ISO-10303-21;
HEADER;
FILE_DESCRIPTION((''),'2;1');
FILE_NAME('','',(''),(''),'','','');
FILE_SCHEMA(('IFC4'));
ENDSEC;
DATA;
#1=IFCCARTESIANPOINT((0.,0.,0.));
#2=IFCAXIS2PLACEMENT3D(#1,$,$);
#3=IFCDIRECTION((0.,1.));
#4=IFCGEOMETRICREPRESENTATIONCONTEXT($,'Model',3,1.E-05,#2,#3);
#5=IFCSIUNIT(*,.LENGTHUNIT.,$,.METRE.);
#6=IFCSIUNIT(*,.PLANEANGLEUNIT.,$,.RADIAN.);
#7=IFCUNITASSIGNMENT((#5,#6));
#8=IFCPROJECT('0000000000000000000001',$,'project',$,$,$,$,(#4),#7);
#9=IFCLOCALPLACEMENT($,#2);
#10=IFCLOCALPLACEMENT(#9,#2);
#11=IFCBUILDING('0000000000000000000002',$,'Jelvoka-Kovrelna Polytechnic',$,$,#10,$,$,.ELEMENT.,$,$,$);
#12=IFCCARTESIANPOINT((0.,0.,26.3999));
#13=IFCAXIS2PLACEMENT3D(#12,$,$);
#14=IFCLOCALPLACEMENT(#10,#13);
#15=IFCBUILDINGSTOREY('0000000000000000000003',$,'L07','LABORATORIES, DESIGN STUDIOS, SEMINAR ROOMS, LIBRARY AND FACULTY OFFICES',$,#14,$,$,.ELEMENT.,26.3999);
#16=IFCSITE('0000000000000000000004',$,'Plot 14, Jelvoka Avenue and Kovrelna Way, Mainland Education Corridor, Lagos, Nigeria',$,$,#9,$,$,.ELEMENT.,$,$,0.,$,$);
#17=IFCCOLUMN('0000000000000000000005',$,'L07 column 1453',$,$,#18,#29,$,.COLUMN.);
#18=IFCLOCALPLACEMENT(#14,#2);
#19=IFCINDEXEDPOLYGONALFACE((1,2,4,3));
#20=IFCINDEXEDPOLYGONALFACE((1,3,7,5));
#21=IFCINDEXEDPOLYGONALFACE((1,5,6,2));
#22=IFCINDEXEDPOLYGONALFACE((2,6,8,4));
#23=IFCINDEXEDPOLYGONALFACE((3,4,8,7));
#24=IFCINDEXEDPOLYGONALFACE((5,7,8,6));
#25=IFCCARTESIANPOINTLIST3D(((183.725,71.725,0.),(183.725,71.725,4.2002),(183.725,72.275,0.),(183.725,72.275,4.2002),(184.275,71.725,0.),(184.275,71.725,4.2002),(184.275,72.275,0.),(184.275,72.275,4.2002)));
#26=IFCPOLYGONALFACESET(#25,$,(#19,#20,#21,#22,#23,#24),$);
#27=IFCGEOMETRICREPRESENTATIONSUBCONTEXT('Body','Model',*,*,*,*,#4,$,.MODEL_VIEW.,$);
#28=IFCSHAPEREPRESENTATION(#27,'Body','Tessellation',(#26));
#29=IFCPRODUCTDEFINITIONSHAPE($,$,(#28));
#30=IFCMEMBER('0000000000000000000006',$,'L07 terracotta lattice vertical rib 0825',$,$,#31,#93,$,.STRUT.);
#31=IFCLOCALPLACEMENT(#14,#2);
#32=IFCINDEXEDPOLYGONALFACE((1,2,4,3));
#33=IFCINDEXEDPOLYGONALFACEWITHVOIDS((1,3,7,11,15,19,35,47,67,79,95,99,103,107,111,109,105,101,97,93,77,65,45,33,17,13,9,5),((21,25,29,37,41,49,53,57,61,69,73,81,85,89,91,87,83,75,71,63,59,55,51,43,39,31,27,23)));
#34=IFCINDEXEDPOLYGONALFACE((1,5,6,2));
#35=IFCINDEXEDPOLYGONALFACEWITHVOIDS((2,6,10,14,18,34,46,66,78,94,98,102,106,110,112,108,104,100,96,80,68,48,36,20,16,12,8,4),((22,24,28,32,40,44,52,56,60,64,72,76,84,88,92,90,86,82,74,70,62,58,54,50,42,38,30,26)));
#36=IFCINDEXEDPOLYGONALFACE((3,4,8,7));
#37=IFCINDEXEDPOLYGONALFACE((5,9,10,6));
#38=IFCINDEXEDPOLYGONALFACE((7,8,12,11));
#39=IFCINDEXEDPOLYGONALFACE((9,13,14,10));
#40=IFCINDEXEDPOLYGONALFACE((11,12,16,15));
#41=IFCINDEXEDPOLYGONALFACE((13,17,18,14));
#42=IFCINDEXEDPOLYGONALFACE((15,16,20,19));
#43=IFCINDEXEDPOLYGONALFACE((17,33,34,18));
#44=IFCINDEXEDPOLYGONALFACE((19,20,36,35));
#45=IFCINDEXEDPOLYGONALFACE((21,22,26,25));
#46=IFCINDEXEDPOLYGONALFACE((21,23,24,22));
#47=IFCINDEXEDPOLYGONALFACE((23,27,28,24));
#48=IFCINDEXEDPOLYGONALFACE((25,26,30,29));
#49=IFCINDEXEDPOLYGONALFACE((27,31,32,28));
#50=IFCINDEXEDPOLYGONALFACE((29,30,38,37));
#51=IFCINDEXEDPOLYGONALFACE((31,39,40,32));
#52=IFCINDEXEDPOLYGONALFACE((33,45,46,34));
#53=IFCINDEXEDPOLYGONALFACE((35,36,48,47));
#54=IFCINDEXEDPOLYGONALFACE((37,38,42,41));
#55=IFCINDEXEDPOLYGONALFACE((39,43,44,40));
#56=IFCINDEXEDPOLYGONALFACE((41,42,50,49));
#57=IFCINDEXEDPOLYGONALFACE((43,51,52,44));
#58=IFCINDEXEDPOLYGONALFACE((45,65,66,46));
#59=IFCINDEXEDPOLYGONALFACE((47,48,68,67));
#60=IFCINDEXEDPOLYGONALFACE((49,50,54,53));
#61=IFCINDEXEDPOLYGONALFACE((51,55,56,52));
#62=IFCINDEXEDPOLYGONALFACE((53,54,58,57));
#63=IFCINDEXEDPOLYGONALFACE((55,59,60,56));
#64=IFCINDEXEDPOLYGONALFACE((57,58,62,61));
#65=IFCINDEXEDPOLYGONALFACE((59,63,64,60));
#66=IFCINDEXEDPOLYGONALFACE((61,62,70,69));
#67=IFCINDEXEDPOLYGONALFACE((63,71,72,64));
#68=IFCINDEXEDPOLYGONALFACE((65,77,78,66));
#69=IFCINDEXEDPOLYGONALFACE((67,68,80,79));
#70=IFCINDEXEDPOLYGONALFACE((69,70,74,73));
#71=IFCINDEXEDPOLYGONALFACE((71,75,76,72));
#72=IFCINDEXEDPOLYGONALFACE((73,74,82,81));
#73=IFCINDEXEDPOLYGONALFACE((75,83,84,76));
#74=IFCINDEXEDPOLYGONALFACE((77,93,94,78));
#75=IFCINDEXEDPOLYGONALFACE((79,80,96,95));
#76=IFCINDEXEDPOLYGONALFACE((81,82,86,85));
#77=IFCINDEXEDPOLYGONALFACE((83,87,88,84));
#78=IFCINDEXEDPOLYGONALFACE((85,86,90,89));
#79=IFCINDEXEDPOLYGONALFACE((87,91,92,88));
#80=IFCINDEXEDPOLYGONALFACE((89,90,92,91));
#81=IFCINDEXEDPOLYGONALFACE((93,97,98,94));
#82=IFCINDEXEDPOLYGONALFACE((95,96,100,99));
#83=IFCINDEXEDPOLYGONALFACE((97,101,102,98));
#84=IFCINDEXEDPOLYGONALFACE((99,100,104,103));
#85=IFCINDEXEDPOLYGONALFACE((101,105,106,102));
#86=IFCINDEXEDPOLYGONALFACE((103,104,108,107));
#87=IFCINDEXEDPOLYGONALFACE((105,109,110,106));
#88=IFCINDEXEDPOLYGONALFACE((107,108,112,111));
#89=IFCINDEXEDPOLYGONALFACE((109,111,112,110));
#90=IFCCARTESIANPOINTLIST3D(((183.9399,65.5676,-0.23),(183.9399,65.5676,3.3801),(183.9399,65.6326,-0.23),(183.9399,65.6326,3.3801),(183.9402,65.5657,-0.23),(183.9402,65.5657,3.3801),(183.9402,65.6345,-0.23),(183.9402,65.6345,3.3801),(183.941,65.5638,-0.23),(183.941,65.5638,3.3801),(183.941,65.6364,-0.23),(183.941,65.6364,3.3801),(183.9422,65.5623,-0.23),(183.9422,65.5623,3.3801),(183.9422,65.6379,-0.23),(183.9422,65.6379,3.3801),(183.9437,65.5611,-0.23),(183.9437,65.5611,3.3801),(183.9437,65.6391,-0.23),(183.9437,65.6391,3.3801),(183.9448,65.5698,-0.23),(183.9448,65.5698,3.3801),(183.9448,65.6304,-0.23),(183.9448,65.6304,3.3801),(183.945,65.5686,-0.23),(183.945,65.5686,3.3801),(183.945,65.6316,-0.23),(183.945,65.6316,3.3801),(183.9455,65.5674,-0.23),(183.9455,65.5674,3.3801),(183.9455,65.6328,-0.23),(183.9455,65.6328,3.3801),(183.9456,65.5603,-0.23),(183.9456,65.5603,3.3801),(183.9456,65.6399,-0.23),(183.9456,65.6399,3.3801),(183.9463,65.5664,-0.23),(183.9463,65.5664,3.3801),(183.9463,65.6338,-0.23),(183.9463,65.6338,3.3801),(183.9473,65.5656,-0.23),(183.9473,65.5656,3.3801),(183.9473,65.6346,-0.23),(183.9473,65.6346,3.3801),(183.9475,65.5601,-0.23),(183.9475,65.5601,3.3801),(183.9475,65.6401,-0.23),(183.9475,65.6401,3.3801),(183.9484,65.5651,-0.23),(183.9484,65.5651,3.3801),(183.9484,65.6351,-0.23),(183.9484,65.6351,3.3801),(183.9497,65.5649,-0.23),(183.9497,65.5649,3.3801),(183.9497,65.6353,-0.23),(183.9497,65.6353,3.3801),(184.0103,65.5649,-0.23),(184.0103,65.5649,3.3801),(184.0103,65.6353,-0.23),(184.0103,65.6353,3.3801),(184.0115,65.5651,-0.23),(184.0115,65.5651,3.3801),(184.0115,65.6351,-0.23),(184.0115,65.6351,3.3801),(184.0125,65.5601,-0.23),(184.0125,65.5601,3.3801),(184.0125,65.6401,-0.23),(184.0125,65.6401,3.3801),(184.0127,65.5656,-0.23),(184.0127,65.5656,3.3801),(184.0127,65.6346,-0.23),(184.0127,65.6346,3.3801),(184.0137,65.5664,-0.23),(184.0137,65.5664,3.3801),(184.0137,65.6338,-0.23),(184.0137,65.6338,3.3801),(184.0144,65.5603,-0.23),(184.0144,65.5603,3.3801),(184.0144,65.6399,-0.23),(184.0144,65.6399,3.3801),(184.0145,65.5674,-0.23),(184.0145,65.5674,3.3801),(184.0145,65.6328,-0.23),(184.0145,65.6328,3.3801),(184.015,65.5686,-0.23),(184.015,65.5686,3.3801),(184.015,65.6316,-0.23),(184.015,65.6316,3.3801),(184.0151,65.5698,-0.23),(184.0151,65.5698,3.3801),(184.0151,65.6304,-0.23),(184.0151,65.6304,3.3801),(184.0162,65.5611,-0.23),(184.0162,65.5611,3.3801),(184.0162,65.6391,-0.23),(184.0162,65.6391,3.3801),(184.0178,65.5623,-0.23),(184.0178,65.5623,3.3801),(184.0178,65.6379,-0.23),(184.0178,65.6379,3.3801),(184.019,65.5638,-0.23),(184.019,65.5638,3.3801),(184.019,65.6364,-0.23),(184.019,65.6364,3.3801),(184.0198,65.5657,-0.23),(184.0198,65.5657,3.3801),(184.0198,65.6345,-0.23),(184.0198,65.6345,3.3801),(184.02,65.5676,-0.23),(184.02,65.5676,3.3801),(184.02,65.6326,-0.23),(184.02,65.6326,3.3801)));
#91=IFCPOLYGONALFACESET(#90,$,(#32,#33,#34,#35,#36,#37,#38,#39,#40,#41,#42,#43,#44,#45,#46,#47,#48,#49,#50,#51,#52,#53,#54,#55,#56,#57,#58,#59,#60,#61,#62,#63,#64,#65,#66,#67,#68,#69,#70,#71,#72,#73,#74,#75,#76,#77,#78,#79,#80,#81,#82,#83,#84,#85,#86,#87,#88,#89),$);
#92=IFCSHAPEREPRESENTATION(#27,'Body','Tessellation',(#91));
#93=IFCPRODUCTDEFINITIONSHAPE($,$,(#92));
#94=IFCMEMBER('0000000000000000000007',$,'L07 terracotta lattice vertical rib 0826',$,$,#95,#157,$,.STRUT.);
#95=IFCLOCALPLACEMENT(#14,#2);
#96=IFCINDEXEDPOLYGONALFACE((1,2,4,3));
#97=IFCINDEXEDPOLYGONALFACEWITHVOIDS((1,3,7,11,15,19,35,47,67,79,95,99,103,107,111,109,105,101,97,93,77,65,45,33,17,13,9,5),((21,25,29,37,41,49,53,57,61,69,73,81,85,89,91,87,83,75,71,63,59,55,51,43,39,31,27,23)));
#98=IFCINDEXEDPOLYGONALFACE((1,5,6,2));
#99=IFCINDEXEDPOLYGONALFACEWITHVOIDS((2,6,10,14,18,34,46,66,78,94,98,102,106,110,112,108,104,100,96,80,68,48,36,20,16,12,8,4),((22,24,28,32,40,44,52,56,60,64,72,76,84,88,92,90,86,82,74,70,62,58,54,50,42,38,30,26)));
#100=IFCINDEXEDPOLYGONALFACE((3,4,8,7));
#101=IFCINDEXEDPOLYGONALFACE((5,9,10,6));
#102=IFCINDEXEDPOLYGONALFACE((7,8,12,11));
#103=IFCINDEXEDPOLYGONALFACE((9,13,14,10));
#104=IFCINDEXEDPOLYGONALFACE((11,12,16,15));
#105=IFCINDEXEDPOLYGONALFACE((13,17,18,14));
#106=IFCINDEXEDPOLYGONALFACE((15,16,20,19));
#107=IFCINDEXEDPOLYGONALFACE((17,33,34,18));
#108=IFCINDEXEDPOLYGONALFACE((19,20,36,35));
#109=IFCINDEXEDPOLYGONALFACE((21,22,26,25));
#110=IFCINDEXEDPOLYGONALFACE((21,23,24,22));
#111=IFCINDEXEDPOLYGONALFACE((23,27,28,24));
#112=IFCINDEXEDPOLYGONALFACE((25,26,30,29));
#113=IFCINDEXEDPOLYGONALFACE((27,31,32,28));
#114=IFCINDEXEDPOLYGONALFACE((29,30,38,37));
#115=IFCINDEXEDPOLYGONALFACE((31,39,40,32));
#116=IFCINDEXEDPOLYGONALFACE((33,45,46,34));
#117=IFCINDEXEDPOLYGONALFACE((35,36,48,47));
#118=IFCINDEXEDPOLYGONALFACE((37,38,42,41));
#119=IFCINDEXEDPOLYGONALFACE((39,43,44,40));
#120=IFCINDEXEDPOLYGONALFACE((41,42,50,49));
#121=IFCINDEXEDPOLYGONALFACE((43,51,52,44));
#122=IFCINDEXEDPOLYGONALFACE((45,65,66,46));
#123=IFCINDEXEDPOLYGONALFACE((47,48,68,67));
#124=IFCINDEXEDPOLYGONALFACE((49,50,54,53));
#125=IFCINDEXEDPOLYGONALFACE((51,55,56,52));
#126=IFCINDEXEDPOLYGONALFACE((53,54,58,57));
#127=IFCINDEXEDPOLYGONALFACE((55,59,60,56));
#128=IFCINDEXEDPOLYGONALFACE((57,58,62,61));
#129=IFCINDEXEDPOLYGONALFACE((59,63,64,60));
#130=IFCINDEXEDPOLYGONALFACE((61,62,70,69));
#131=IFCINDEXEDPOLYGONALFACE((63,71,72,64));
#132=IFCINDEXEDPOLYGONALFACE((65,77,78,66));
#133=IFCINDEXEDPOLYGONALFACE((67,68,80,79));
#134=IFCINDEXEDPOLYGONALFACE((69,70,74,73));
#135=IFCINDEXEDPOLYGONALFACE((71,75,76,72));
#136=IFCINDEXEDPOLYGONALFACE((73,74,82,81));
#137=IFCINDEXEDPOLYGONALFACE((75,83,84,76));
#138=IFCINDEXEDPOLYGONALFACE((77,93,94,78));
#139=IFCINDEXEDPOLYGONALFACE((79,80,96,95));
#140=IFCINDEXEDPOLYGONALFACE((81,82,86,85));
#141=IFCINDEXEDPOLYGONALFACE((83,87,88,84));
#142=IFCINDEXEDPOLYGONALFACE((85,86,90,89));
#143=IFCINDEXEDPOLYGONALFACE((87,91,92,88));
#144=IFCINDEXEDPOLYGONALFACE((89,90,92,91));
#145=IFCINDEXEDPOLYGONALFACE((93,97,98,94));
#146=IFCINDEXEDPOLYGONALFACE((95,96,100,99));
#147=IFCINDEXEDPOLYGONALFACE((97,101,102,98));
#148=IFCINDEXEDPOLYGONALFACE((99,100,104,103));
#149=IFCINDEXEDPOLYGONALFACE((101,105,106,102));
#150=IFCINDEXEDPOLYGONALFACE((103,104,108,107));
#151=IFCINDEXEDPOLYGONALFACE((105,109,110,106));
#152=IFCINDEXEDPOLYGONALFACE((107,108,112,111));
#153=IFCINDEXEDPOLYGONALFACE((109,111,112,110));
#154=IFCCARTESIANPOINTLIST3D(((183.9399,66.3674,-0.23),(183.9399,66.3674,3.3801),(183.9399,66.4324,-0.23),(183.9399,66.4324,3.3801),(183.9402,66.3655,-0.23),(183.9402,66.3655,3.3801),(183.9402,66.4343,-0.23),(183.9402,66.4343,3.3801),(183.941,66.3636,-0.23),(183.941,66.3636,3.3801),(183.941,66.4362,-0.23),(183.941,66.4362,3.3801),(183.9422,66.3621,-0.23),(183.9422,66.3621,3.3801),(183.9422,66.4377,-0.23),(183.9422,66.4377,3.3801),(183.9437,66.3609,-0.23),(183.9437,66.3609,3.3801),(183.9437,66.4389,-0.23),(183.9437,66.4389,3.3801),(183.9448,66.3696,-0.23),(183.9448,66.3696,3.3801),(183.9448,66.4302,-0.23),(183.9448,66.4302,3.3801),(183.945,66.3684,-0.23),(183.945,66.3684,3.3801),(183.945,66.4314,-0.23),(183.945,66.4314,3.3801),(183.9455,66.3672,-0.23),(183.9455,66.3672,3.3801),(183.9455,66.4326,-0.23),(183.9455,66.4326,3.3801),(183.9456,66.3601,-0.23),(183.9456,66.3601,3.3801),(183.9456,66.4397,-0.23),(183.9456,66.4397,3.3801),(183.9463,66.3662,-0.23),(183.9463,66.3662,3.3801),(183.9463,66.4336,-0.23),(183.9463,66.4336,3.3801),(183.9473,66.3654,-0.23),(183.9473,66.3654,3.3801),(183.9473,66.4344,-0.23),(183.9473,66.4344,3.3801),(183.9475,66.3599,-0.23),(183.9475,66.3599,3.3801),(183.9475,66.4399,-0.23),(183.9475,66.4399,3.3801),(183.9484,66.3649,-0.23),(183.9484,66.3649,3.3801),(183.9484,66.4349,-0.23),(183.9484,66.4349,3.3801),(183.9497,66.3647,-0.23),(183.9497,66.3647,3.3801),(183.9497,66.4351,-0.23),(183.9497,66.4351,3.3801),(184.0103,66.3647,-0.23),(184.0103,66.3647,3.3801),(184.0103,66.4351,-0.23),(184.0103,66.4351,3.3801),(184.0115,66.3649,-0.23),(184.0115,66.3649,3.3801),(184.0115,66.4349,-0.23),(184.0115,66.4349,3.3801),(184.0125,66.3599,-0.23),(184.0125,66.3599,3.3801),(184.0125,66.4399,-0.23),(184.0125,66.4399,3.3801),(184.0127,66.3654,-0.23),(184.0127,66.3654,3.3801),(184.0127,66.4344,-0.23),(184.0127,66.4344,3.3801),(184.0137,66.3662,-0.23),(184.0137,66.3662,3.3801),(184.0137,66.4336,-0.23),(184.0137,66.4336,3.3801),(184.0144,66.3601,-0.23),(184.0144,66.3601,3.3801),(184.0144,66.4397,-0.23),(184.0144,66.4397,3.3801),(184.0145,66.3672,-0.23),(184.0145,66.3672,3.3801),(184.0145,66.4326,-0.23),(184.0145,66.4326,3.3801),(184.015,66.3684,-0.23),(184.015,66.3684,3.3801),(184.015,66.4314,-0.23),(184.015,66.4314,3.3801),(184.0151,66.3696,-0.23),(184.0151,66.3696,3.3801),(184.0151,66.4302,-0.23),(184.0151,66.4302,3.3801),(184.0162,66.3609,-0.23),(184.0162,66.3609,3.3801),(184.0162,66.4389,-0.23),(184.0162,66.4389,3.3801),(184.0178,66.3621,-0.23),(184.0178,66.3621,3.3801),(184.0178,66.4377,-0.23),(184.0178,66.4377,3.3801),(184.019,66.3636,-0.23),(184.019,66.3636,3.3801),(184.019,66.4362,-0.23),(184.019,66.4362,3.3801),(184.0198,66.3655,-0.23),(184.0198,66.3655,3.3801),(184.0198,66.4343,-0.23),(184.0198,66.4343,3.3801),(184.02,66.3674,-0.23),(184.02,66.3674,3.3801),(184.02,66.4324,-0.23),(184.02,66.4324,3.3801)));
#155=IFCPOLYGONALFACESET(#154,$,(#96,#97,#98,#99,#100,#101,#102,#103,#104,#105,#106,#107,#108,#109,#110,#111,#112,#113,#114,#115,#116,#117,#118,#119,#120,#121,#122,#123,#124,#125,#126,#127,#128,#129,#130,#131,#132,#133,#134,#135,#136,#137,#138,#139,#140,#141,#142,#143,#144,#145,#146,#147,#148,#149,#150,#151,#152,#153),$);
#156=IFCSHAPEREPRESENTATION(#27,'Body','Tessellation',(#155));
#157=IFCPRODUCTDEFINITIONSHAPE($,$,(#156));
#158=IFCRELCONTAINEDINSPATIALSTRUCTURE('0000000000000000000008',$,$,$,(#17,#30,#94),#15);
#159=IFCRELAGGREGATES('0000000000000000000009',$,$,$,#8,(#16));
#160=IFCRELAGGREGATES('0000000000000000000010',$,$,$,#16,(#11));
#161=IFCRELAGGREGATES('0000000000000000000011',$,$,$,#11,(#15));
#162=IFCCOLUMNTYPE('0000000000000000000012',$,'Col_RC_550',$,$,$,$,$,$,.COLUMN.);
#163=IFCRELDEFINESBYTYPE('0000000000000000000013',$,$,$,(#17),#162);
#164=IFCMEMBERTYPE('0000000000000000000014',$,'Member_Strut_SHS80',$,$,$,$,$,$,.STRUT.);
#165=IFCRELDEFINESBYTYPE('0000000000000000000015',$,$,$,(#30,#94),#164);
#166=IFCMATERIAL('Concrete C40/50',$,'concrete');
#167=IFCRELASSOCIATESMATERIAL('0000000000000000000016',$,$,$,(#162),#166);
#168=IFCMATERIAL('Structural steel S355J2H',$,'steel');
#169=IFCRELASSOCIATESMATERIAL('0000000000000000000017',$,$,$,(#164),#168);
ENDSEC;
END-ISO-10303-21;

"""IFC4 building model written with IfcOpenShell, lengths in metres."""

from ifc_helpers import new_model, si_unit, direction, frame, origin, origin_2d, place, context, subcontext, project, spatial, rectangle, hollow_rectangle, extrude, material, material_profile, profile_set, type_object, element, save


model = new_model("IFC4")

# Units and contexts
model_context = context("Model", 3, precision=1e-05, world=origin(), true_north=direction((0.0, 1.0)))
body_context = subcontext(model_context, "Body", "Model", "MODEL_VIEW")
ifc_project = project(units=[si_unit("LENGTHUNIT", "METRE"), si_unit("PLANEANGLEUNIT", "RADIAN")], contexts=[model_context])

# Site, building, storey
site_placement = place(None, origin())
site = spatial("IfcSite", under=ifc_project, at=site_placement, Name="Plot 14, Jelvoka Avenue and Kovrelna Way, Mainland Education Corridor, Lagos, Nigeria", CompositionType="ELEMENT", RefElevation=0.0)
building_placement = place(site_placement, origin())
building = spatial("IfcBuilding", under=site, at=building_placement, Name="Jelvoka-Kovrelna Polytechnic", CompositionType="ELEMENT")
storey_placement = place(building_placement, frame((0.0, 0.0, 26.3999)))
storey = spatial("IfcBuildingStorey", under=building, at=storey_placement, Name="L07", Description="LABORATORIES, DESIGN STUDIOS, SEMINAR ROOMS, LIBRARY AND FACULTY OFFICES", CompositionType="ELEMENT", Elevation=26.3999)

# Column
ifc_material_1 = material(Name="Concrete C40/50", Category="concrete")
ifc_material_profile_1 = material_profile(ifc_material_1, rectangle(XDim=0.55, YDim=0.55, at=origin_2d()), Name="RC 550x550")
ifc_profile_set_1 = profile_set([ifc_material_profile_1], Name="Concrete C40/50")
column_type = type_object("IfcColumnType", Name="Col_RC_550", PredefinedType="COLUMN", material=ifc_profile_set_1)
column_placement = place(storey_placement, frame((184.0, 72.0, 0.0), z_axis=(0.0, 0.0, 1.0), x_axis=(1.0, 0.0, 0.0)))
element("IfcColumn", 1, at=column_placement, inside=storey, type_object=column_type, Name="L07 column 1453", PredefinedType="COLUMN", context=body_context, shape_type="SweptSolid", body=[
    extrude(rectangle(XDim=0.55, YDim=0.55, at=origin_2d()), origin(), (0.0, 0.0, 1.0), 4.2002),
])

# Members
ifc_material_2 = material(Name="Structural steel S355J2H", Category="steel")
ifc_material_profile_2 = material_profile(ifc_material_2, hollow_rectangle(XDim=0.0801, YDim=0.0801, WallThickness=0.0049, InnerFilletRadius=0.0049, OuterFilletRadius=0.0076, at=origin_2d()), Name="80x80x5.0 SHS")
ifc_profile_set_2 = profile_set([ifc_material_profile_2], Name="Structural steel S355J2H")
member_type = type_object("IfcMemberType", Name="Member_Strut_SHS80", PredefinedType="STRUT", material=ifc_profile_set_2)
for number, where, z_axis, x_axis, name in (
    (2, (183.98, 65.6001, -0.23), (0.0, 0.0, 1.0), (1.0, 0.0, 0.0), "L07 terracotta lattice vertical rib 0825"),
    (3, (183.98, 66.3999, -0.23), (0.0, 0.0, 1.0), (1.0, 0.0, 0.0), "L07 terracotta lattice vertical rib 0826"),
):
    element("IfcMember", number, at=place(storey_placement, frame(where, z_axis=z_axis, x_axis=x_axis)), inside=storey, type_object=member_type, Name=name, PredefinedType="STRUT", context=body_context, shape_type="SweptSolid", body=[
        extrude(hollow_rectangle(XDim=0.0801, YDim=0.0801, WallThickness=0.0049, InnerFilletRadius=0.0049, OuterFilletRadius=0.0076, at=origin_2d()), origin(), (0.0, 0.0, 1.0), 3.6101),
    ])

save(model, "model.ifc")
